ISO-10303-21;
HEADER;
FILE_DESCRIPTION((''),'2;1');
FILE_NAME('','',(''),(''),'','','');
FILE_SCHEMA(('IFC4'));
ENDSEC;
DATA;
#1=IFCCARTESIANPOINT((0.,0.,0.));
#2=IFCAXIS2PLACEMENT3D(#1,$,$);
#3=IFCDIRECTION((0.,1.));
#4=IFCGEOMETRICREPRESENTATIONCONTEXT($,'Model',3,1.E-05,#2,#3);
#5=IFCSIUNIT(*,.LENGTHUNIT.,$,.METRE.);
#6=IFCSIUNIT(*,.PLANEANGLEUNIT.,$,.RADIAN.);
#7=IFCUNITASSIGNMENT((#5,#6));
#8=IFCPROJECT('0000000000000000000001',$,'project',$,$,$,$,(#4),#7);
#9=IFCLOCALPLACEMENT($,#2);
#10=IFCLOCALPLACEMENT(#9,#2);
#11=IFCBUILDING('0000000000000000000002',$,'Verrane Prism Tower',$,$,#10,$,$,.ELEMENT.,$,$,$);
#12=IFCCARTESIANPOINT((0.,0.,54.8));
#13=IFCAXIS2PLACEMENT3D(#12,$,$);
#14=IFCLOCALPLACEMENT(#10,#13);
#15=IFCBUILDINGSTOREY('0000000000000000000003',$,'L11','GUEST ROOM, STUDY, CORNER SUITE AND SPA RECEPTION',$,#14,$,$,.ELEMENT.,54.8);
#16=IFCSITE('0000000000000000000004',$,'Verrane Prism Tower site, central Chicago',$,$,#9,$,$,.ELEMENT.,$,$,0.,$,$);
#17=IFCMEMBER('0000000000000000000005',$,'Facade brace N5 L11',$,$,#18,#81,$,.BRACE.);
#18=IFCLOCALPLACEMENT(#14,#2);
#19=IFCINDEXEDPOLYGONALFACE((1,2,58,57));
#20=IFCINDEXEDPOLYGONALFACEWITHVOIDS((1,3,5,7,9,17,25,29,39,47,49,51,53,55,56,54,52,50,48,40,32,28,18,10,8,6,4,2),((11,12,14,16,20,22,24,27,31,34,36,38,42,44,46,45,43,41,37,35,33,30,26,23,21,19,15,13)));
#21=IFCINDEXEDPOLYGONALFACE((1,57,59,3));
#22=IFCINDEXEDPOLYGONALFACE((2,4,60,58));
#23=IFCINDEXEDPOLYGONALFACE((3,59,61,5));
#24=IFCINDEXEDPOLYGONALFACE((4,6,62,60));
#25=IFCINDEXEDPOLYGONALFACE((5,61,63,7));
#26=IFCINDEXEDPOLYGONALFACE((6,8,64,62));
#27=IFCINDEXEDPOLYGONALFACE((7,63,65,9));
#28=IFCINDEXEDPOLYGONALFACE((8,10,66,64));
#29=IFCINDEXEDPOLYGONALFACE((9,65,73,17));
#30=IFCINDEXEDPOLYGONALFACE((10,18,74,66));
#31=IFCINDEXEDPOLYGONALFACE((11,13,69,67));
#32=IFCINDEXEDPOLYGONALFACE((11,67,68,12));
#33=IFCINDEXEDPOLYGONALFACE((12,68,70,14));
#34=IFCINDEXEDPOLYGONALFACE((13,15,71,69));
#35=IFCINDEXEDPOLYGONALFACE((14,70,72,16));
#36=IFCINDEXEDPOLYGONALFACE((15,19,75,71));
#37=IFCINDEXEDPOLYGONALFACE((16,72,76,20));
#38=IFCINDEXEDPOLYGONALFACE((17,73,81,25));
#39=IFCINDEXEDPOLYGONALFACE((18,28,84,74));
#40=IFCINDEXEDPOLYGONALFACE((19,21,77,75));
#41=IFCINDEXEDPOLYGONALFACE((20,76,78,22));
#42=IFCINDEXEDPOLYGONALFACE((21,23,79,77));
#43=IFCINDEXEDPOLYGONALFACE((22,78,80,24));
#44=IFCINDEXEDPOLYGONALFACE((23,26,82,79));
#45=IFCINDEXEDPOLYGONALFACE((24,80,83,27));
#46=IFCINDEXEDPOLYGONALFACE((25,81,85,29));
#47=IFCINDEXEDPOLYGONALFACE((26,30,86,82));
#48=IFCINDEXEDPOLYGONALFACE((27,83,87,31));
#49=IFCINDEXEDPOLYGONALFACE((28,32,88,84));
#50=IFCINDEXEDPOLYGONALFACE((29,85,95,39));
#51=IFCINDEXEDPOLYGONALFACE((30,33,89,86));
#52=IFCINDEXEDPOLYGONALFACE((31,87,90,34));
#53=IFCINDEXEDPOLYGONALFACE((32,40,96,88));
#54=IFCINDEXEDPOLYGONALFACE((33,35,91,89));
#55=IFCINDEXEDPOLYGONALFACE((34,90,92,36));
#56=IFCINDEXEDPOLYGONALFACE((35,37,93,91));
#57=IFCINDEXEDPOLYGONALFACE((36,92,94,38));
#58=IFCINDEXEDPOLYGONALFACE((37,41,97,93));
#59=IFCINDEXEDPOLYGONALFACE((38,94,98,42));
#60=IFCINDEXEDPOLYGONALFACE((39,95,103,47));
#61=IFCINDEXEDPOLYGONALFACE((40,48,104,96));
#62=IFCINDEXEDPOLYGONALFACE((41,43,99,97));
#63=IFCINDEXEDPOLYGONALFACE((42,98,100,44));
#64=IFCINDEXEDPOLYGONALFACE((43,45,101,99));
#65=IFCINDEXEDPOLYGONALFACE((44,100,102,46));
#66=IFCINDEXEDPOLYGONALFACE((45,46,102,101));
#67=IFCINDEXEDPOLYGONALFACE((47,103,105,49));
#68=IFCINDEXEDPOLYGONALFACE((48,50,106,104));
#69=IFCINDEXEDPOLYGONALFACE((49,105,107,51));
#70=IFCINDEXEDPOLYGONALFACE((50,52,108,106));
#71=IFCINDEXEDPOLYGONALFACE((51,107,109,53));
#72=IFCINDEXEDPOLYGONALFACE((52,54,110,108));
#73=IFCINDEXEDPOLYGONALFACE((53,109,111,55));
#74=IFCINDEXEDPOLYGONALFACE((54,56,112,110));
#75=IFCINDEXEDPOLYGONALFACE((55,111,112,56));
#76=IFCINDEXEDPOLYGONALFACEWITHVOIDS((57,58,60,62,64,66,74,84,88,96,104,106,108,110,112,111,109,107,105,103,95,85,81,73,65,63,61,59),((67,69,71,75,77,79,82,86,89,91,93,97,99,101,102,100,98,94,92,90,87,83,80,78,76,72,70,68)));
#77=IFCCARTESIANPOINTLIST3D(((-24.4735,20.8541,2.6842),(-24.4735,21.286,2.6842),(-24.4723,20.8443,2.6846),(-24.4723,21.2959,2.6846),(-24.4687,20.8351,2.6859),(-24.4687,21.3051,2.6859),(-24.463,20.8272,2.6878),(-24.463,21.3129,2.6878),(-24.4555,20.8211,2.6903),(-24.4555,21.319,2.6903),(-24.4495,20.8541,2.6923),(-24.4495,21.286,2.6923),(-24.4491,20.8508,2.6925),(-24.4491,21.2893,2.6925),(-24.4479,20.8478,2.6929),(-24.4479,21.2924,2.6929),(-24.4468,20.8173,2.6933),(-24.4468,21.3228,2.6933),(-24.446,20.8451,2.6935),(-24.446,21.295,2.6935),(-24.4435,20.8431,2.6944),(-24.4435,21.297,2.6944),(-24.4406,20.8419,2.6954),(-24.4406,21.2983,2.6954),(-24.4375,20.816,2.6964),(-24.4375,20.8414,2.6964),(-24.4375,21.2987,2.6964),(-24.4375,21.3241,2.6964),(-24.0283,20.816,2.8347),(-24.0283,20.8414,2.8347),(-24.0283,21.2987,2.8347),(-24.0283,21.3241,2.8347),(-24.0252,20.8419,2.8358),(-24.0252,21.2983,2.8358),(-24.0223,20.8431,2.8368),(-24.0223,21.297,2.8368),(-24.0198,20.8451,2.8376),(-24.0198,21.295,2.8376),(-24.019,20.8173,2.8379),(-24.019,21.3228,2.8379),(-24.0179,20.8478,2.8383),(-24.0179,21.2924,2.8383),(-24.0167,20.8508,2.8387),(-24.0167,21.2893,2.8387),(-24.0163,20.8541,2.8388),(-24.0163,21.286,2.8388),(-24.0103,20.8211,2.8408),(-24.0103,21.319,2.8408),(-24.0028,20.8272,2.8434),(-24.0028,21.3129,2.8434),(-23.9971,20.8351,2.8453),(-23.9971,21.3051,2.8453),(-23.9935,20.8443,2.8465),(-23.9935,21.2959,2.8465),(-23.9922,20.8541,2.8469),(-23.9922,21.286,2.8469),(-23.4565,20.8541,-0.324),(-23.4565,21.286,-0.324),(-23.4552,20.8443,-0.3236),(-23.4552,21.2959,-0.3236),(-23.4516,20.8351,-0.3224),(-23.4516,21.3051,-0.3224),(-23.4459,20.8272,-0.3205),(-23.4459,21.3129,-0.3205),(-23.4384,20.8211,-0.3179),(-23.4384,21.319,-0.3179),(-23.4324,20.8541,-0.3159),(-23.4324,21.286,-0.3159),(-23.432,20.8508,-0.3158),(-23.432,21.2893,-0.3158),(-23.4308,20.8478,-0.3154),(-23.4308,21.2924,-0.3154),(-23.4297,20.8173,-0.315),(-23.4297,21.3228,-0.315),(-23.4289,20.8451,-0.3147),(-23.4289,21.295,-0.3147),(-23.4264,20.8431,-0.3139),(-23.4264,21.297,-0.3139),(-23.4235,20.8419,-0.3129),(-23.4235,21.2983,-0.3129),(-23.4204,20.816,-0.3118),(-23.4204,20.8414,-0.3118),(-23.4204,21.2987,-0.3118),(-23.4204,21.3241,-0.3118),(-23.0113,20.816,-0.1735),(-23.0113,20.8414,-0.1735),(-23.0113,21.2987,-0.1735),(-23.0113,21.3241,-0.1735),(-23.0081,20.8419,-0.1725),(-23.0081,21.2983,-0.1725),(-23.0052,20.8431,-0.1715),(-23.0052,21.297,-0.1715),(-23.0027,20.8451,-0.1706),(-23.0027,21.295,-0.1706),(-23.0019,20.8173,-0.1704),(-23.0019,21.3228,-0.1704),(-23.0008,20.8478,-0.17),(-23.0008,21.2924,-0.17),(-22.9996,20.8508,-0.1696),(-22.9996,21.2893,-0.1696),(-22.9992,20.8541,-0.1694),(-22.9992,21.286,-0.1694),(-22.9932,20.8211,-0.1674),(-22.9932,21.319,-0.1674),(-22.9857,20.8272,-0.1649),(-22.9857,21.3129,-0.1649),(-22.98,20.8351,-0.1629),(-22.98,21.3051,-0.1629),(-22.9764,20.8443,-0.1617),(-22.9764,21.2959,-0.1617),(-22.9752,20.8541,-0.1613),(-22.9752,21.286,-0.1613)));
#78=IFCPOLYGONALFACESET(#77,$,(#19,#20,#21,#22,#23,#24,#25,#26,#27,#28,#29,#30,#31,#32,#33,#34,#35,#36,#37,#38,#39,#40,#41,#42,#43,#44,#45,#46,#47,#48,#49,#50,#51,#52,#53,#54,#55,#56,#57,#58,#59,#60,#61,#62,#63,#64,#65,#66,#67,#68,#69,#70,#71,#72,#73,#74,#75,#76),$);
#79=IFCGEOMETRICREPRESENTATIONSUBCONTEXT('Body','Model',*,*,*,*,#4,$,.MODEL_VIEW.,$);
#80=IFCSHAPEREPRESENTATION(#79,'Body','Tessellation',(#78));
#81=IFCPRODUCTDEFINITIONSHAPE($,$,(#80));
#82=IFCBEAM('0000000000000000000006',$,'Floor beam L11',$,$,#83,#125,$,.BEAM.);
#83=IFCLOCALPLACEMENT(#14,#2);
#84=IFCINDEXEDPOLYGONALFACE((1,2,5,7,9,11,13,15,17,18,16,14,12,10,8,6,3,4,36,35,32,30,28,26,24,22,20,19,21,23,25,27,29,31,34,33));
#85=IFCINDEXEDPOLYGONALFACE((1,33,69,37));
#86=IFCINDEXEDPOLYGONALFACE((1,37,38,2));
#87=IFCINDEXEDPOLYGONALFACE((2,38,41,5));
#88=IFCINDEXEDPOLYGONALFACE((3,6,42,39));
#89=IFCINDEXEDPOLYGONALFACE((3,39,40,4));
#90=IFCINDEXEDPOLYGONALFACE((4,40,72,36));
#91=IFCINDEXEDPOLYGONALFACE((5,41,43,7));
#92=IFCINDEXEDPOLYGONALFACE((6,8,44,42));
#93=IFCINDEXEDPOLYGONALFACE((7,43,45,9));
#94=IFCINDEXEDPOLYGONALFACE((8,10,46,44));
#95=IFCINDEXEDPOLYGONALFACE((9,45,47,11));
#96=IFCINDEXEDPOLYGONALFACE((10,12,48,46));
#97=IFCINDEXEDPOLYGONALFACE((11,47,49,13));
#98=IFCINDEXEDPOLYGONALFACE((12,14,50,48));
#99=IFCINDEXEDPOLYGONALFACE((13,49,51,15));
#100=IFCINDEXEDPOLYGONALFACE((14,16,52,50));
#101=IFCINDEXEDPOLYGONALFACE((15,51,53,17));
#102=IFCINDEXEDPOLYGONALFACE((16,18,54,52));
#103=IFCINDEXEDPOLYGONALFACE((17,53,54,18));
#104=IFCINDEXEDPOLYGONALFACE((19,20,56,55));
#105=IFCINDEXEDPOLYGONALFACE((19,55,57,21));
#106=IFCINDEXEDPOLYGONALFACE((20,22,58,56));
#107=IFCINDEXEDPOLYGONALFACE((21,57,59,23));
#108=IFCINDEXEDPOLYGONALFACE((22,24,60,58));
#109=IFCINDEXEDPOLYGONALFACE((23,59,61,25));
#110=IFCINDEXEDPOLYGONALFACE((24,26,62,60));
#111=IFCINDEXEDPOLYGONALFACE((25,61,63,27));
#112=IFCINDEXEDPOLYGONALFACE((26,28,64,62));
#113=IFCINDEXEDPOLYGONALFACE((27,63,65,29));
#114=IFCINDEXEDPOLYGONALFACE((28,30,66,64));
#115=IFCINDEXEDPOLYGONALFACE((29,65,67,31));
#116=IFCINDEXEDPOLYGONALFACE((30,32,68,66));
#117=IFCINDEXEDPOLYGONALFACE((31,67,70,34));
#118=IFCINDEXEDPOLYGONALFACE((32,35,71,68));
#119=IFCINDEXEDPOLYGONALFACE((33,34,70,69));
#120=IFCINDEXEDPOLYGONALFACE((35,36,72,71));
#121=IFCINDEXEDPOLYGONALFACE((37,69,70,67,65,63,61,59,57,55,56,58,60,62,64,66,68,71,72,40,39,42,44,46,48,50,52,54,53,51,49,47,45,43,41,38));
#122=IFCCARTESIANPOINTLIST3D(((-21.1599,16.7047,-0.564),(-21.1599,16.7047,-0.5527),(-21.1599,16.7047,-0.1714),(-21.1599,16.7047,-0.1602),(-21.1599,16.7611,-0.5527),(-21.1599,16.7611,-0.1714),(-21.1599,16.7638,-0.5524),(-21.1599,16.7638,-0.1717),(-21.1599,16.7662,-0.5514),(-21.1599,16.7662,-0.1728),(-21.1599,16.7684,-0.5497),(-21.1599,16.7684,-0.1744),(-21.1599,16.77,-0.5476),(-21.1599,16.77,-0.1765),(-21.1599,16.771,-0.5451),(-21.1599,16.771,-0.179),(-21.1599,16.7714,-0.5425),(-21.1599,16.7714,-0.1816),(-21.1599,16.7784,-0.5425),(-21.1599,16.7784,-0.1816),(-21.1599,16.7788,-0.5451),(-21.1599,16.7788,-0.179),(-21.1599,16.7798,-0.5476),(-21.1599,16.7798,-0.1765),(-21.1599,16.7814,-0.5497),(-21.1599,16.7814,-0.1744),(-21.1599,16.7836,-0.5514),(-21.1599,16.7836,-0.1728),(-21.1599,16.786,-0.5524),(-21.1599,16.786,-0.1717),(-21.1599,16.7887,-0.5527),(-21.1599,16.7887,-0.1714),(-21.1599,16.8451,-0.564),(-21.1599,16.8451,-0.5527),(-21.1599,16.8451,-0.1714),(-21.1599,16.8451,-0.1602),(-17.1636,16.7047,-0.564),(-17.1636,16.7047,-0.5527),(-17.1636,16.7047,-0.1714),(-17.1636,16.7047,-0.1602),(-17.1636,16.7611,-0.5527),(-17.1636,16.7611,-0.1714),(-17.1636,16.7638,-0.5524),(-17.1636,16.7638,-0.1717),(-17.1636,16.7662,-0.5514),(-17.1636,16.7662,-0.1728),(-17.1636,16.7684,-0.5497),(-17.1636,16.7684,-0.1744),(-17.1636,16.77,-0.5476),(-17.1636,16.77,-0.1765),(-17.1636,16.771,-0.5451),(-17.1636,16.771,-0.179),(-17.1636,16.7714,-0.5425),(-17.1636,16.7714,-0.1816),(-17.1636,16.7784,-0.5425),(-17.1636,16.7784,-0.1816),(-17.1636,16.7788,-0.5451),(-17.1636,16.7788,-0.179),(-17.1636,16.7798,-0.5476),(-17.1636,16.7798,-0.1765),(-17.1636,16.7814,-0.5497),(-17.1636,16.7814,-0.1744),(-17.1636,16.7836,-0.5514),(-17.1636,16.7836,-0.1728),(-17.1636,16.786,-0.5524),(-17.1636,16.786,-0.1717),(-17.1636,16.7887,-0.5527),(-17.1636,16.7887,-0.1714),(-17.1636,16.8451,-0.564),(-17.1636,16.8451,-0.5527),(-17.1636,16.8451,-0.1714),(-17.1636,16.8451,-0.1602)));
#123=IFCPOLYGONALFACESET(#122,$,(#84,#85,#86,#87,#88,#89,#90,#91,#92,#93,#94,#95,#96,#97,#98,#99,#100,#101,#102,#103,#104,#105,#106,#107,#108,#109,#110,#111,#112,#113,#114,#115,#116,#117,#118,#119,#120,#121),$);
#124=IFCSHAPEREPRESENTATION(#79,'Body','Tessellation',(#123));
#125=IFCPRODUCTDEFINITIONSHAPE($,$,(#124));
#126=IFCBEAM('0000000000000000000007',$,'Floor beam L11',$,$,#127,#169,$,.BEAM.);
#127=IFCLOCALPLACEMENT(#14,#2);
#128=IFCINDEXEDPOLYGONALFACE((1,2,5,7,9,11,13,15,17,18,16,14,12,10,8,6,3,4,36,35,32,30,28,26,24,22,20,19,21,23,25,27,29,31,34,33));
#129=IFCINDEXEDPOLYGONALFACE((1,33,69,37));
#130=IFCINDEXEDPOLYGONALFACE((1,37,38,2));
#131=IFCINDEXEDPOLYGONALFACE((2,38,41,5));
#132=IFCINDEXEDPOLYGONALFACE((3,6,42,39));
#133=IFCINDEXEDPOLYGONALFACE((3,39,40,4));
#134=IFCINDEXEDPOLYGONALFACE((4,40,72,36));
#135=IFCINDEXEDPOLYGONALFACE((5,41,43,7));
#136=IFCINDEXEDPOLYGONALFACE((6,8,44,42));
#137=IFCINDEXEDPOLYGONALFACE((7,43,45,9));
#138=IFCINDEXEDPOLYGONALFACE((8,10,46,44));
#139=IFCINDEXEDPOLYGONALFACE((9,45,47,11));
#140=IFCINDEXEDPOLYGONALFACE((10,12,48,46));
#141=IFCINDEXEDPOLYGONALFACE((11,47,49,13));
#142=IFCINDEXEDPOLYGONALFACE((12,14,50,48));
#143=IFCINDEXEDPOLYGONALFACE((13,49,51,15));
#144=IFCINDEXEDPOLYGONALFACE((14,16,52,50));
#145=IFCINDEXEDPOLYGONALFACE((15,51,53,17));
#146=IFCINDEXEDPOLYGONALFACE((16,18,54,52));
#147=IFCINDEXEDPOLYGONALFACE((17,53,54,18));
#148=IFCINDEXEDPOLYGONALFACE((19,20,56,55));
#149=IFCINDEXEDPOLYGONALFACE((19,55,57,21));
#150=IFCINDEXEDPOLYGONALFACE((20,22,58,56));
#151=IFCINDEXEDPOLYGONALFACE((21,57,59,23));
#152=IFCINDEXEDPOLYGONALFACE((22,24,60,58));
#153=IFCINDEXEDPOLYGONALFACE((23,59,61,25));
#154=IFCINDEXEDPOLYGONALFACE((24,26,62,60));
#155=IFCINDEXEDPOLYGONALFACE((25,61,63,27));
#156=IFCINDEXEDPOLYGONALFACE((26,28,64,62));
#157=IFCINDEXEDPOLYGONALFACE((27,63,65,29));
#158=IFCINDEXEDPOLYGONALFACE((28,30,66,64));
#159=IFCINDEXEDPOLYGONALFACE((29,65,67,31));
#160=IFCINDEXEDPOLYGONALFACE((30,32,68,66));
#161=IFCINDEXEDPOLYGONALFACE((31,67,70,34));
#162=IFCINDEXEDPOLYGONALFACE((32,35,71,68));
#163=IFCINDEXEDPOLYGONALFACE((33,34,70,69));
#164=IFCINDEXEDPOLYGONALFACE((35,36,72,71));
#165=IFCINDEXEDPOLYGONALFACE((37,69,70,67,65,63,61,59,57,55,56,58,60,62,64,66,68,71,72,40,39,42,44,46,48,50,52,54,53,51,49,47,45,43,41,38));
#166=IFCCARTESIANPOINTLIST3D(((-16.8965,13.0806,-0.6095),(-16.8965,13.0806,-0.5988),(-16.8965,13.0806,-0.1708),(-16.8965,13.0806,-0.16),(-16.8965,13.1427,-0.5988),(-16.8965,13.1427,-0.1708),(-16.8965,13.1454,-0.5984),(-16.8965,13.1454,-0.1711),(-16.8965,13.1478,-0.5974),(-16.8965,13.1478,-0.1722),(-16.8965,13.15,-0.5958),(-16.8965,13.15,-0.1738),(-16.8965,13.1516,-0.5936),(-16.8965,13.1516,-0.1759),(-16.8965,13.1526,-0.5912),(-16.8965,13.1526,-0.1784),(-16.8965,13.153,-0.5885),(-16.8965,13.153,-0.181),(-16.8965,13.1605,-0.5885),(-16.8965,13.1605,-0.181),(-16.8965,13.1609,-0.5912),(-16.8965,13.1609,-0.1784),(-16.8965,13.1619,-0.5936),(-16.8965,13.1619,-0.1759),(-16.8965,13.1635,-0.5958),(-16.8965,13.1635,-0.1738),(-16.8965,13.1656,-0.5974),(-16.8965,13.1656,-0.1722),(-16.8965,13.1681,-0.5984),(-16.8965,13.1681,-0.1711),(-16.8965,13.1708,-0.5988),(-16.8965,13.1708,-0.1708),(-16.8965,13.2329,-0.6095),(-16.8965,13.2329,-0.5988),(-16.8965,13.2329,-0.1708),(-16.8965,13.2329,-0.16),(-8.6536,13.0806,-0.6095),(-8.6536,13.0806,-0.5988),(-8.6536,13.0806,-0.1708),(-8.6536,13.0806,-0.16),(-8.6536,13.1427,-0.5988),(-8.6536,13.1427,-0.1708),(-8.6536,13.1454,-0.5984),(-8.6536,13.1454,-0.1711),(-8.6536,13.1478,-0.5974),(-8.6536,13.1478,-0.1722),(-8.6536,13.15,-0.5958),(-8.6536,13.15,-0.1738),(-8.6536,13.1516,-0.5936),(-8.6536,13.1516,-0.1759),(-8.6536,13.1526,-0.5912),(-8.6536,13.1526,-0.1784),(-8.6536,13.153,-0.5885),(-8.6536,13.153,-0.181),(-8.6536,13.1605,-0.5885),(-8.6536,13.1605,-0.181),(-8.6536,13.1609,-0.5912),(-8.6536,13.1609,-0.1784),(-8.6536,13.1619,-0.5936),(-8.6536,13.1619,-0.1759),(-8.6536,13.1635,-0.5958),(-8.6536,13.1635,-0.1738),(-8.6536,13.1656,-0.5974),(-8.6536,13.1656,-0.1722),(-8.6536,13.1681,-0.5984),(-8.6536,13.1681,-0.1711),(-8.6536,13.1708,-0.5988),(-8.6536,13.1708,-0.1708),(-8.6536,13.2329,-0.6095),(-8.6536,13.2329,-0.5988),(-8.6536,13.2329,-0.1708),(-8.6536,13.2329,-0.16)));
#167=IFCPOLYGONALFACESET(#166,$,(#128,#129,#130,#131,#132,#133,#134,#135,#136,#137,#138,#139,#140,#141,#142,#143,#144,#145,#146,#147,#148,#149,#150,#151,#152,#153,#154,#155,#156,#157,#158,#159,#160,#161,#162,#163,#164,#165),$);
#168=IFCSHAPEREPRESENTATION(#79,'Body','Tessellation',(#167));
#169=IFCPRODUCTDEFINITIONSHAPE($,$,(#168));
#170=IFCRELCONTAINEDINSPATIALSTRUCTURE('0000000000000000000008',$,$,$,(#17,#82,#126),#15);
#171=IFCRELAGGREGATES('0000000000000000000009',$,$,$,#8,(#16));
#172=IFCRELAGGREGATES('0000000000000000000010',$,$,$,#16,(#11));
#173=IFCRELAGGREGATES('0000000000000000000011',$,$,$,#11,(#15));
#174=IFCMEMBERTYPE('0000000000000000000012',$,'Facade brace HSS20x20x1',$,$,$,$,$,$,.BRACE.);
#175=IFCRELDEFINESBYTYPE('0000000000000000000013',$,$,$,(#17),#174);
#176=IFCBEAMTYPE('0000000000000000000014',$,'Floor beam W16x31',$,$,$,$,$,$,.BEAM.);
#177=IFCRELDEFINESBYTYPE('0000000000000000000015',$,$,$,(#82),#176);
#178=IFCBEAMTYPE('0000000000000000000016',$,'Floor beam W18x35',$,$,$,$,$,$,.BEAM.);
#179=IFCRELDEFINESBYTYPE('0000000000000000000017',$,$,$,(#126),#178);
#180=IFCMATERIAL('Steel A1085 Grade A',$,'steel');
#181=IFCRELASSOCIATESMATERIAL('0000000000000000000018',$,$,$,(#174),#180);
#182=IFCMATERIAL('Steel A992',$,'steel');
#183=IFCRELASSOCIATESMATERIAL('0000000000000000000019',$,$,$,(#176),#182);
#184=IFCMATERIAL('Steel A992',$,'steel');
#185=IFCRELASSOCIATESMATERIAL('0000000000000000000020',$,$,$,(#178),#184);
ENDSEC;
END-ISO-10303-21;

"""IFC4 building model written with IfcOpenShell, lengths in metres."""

from ifc_helpers import new_model, si_unit, direction, frame, origin, origin_2d, place, context, subcontext, project, spatial, hollow_rectangle, i_section, extrude, material, material_profile, profile_set, type_object, element, save


model = new_model("IFC4")

# Units and contexts
model_context = context("Model", 3, precision=1e-05, world=origin(), true_north=direction((0.0, 1.0)))
body_context = subcontext(model_context, "Body", "Model", "MODEL_VIEW")
ifc_project = project(units=[si_unit("LENGTHUNIT", "METRE"), si_unit("PLANEANGLEUNIT", "RADIAN")], contexts=[model_context])

# Site, building, storey
site_placement = place(None, origin())
site = spatial("IfcSite", under=ifc_project, at=site_placement, Name="Verrane Prism Tower site, central Chicago", CompositionType="ELEMENT", RefElevation=0.0)
building_placement = place(site_placement, origin())
building = spatial("IfcBuilding", under=site, at=building_placement, Name="Verrane Prism Tower", CompositionType="ELEMENT")
storey_placement = place(building_placement, frame((0.0, 0.0, 54.8)))
storey = spatial("IfcBuildingStorey", under=building, at=storey_placement, Name="L11", Description="GUEST ROOM, STUDY, CORNER SUITE AND SPA RECEPTION", CompositionType="ELEMENT", Elevation=54.8)

# Member
ifc_material_1 = material(Name="Steel A1085 Grade A", Category="steel")
ifc_material_profile_1 = material_profile(ifc_material_1, hollow_rectangle(XDim=0.5081, YDim=0.5081, WallThickness=0.0254, InnerFilletRadius=0.0127, OuterFilletRadius=0.0381, at=origin_2d()), Name="HSS20x20x1")
ifc_profile_set_1 = profile_set([ifc_material_profile_1], Name="Steel A1085 Grade A")
member_type_1 = type_object("IfcMemberType", Name="Facade brace HSS20x20x1", PredefinedType="BRACE", material=ifc_profile_set_1)
member_1_placement = place(storey_placement, frame((-23.2158, 21.0701, -0.2427), z_axis=(-0.320284, 0.0, 0.947322), x_axis=(0.0, -1.0, 0.0)))
element("IfcMember", 1, at=member_1_placement, inside=storey, type_object=member_type_1, Name="Facade brace N5 L11", PredefinedType="BRACE", context=body_context, shape_type="SweptSolid", body=[
    extrude(hollow_rectangle(XDim=0.5081, YDim=0.5081, WallThickness=0.0254, InnerFilletRadius=0.0127, OuterFilletRadius=0.0381, at=origin_2d()), origin(), (0.0, 0.0, 1.0), 3.1755),
])

# Beams
ifc_material_2 = material(Name="Steel A992", Category="steel")
ifc_material_profile_2 = material_profile(ifc_material_2, i_section(OverallWidth=0.1404, OverallDepth=0.4038, WebThickness=0.0071, FlangeThickness=0.0112, FilletRadius=0.0103, at=origin_2d()), Name="W16x31")
ifc_profile_set_2 = profile_set([ifc_material_profile_2], Name="Steel A992")
beam_type_1 = type_object("IfcBeamType", Name="Floor beam W16x31", PredefinedType="BEAM", material=ifc_profile_set_2)
beam_1_placement = place(storey_placement, frame((-21.1599, 16.7749, -0.3621), z_axis=(1.0, 0.0, 0.0), x_axis=(0.0, 1.0, 0.0)))
element("IfcBeam", 2, at=beam_1_placement, inside=storey, type_object=beam_type_1, Name="Floor beam L11", PredefinedType="BEAM", context=body_context, shape_type="SweptSolid", body=[
    extrude(i_section(OverallWidth=0.1404, OverallDepth=0.4038, WebThickness=0.0071, FlangeThickness=0.0112, FilletRadius=0.0103, at=origin_2d()), origin(), (0.0, 0.0, 1.0), 3.9963),
])
ifc_material_3 = material(Name="Steel A992", Category="steel")
ifc_material_profile_3 = material_profile(ifc_material_3, i_section(OverallWidth=0.1523, OverallDepth=0.4495, WebThickness=0.0076, FlangeThickness=0.0107, FilletRadius=0.0103, at=origin_2d()), Name="W18x35")
ifc_profile_set_3 = profile_set([ifc_material_profile_3], Name="Steel A992")
beam_type_2 = type_object("IfcBeamType", Name="Floor beam W18x35", PredefinedType="BEAM", material=ifc_profile_set_3)
for number, where, z_axis, x_axis, name in (
    (3, (-16.8965, 13.1567, -0.3848), (1.0, 0.0, 0.0), (0.0, 1.0, 0.0), "Floor beam L11"),
):
    element("IfcBeam", number, at=place(storey_placement, frame(where, z_axis=z_axis, x_axis=x_axis)), inside=storey, type_object=beam_type_2, Name=name, PredefinedType="BEAM", context=body_context, shape_type="SweptSolid", body=[
        extrude(i_section(OverallWidth=0.1523, OverallDepth=0.4495, WebThickness=0.0076, FlangeThickness=0.0107, FilletRadius=0.0103, at=origin_2d()), origin(), (0.0, 0.0, 1.0), 8.2429),
    ])

save(model, "model.ifc")
